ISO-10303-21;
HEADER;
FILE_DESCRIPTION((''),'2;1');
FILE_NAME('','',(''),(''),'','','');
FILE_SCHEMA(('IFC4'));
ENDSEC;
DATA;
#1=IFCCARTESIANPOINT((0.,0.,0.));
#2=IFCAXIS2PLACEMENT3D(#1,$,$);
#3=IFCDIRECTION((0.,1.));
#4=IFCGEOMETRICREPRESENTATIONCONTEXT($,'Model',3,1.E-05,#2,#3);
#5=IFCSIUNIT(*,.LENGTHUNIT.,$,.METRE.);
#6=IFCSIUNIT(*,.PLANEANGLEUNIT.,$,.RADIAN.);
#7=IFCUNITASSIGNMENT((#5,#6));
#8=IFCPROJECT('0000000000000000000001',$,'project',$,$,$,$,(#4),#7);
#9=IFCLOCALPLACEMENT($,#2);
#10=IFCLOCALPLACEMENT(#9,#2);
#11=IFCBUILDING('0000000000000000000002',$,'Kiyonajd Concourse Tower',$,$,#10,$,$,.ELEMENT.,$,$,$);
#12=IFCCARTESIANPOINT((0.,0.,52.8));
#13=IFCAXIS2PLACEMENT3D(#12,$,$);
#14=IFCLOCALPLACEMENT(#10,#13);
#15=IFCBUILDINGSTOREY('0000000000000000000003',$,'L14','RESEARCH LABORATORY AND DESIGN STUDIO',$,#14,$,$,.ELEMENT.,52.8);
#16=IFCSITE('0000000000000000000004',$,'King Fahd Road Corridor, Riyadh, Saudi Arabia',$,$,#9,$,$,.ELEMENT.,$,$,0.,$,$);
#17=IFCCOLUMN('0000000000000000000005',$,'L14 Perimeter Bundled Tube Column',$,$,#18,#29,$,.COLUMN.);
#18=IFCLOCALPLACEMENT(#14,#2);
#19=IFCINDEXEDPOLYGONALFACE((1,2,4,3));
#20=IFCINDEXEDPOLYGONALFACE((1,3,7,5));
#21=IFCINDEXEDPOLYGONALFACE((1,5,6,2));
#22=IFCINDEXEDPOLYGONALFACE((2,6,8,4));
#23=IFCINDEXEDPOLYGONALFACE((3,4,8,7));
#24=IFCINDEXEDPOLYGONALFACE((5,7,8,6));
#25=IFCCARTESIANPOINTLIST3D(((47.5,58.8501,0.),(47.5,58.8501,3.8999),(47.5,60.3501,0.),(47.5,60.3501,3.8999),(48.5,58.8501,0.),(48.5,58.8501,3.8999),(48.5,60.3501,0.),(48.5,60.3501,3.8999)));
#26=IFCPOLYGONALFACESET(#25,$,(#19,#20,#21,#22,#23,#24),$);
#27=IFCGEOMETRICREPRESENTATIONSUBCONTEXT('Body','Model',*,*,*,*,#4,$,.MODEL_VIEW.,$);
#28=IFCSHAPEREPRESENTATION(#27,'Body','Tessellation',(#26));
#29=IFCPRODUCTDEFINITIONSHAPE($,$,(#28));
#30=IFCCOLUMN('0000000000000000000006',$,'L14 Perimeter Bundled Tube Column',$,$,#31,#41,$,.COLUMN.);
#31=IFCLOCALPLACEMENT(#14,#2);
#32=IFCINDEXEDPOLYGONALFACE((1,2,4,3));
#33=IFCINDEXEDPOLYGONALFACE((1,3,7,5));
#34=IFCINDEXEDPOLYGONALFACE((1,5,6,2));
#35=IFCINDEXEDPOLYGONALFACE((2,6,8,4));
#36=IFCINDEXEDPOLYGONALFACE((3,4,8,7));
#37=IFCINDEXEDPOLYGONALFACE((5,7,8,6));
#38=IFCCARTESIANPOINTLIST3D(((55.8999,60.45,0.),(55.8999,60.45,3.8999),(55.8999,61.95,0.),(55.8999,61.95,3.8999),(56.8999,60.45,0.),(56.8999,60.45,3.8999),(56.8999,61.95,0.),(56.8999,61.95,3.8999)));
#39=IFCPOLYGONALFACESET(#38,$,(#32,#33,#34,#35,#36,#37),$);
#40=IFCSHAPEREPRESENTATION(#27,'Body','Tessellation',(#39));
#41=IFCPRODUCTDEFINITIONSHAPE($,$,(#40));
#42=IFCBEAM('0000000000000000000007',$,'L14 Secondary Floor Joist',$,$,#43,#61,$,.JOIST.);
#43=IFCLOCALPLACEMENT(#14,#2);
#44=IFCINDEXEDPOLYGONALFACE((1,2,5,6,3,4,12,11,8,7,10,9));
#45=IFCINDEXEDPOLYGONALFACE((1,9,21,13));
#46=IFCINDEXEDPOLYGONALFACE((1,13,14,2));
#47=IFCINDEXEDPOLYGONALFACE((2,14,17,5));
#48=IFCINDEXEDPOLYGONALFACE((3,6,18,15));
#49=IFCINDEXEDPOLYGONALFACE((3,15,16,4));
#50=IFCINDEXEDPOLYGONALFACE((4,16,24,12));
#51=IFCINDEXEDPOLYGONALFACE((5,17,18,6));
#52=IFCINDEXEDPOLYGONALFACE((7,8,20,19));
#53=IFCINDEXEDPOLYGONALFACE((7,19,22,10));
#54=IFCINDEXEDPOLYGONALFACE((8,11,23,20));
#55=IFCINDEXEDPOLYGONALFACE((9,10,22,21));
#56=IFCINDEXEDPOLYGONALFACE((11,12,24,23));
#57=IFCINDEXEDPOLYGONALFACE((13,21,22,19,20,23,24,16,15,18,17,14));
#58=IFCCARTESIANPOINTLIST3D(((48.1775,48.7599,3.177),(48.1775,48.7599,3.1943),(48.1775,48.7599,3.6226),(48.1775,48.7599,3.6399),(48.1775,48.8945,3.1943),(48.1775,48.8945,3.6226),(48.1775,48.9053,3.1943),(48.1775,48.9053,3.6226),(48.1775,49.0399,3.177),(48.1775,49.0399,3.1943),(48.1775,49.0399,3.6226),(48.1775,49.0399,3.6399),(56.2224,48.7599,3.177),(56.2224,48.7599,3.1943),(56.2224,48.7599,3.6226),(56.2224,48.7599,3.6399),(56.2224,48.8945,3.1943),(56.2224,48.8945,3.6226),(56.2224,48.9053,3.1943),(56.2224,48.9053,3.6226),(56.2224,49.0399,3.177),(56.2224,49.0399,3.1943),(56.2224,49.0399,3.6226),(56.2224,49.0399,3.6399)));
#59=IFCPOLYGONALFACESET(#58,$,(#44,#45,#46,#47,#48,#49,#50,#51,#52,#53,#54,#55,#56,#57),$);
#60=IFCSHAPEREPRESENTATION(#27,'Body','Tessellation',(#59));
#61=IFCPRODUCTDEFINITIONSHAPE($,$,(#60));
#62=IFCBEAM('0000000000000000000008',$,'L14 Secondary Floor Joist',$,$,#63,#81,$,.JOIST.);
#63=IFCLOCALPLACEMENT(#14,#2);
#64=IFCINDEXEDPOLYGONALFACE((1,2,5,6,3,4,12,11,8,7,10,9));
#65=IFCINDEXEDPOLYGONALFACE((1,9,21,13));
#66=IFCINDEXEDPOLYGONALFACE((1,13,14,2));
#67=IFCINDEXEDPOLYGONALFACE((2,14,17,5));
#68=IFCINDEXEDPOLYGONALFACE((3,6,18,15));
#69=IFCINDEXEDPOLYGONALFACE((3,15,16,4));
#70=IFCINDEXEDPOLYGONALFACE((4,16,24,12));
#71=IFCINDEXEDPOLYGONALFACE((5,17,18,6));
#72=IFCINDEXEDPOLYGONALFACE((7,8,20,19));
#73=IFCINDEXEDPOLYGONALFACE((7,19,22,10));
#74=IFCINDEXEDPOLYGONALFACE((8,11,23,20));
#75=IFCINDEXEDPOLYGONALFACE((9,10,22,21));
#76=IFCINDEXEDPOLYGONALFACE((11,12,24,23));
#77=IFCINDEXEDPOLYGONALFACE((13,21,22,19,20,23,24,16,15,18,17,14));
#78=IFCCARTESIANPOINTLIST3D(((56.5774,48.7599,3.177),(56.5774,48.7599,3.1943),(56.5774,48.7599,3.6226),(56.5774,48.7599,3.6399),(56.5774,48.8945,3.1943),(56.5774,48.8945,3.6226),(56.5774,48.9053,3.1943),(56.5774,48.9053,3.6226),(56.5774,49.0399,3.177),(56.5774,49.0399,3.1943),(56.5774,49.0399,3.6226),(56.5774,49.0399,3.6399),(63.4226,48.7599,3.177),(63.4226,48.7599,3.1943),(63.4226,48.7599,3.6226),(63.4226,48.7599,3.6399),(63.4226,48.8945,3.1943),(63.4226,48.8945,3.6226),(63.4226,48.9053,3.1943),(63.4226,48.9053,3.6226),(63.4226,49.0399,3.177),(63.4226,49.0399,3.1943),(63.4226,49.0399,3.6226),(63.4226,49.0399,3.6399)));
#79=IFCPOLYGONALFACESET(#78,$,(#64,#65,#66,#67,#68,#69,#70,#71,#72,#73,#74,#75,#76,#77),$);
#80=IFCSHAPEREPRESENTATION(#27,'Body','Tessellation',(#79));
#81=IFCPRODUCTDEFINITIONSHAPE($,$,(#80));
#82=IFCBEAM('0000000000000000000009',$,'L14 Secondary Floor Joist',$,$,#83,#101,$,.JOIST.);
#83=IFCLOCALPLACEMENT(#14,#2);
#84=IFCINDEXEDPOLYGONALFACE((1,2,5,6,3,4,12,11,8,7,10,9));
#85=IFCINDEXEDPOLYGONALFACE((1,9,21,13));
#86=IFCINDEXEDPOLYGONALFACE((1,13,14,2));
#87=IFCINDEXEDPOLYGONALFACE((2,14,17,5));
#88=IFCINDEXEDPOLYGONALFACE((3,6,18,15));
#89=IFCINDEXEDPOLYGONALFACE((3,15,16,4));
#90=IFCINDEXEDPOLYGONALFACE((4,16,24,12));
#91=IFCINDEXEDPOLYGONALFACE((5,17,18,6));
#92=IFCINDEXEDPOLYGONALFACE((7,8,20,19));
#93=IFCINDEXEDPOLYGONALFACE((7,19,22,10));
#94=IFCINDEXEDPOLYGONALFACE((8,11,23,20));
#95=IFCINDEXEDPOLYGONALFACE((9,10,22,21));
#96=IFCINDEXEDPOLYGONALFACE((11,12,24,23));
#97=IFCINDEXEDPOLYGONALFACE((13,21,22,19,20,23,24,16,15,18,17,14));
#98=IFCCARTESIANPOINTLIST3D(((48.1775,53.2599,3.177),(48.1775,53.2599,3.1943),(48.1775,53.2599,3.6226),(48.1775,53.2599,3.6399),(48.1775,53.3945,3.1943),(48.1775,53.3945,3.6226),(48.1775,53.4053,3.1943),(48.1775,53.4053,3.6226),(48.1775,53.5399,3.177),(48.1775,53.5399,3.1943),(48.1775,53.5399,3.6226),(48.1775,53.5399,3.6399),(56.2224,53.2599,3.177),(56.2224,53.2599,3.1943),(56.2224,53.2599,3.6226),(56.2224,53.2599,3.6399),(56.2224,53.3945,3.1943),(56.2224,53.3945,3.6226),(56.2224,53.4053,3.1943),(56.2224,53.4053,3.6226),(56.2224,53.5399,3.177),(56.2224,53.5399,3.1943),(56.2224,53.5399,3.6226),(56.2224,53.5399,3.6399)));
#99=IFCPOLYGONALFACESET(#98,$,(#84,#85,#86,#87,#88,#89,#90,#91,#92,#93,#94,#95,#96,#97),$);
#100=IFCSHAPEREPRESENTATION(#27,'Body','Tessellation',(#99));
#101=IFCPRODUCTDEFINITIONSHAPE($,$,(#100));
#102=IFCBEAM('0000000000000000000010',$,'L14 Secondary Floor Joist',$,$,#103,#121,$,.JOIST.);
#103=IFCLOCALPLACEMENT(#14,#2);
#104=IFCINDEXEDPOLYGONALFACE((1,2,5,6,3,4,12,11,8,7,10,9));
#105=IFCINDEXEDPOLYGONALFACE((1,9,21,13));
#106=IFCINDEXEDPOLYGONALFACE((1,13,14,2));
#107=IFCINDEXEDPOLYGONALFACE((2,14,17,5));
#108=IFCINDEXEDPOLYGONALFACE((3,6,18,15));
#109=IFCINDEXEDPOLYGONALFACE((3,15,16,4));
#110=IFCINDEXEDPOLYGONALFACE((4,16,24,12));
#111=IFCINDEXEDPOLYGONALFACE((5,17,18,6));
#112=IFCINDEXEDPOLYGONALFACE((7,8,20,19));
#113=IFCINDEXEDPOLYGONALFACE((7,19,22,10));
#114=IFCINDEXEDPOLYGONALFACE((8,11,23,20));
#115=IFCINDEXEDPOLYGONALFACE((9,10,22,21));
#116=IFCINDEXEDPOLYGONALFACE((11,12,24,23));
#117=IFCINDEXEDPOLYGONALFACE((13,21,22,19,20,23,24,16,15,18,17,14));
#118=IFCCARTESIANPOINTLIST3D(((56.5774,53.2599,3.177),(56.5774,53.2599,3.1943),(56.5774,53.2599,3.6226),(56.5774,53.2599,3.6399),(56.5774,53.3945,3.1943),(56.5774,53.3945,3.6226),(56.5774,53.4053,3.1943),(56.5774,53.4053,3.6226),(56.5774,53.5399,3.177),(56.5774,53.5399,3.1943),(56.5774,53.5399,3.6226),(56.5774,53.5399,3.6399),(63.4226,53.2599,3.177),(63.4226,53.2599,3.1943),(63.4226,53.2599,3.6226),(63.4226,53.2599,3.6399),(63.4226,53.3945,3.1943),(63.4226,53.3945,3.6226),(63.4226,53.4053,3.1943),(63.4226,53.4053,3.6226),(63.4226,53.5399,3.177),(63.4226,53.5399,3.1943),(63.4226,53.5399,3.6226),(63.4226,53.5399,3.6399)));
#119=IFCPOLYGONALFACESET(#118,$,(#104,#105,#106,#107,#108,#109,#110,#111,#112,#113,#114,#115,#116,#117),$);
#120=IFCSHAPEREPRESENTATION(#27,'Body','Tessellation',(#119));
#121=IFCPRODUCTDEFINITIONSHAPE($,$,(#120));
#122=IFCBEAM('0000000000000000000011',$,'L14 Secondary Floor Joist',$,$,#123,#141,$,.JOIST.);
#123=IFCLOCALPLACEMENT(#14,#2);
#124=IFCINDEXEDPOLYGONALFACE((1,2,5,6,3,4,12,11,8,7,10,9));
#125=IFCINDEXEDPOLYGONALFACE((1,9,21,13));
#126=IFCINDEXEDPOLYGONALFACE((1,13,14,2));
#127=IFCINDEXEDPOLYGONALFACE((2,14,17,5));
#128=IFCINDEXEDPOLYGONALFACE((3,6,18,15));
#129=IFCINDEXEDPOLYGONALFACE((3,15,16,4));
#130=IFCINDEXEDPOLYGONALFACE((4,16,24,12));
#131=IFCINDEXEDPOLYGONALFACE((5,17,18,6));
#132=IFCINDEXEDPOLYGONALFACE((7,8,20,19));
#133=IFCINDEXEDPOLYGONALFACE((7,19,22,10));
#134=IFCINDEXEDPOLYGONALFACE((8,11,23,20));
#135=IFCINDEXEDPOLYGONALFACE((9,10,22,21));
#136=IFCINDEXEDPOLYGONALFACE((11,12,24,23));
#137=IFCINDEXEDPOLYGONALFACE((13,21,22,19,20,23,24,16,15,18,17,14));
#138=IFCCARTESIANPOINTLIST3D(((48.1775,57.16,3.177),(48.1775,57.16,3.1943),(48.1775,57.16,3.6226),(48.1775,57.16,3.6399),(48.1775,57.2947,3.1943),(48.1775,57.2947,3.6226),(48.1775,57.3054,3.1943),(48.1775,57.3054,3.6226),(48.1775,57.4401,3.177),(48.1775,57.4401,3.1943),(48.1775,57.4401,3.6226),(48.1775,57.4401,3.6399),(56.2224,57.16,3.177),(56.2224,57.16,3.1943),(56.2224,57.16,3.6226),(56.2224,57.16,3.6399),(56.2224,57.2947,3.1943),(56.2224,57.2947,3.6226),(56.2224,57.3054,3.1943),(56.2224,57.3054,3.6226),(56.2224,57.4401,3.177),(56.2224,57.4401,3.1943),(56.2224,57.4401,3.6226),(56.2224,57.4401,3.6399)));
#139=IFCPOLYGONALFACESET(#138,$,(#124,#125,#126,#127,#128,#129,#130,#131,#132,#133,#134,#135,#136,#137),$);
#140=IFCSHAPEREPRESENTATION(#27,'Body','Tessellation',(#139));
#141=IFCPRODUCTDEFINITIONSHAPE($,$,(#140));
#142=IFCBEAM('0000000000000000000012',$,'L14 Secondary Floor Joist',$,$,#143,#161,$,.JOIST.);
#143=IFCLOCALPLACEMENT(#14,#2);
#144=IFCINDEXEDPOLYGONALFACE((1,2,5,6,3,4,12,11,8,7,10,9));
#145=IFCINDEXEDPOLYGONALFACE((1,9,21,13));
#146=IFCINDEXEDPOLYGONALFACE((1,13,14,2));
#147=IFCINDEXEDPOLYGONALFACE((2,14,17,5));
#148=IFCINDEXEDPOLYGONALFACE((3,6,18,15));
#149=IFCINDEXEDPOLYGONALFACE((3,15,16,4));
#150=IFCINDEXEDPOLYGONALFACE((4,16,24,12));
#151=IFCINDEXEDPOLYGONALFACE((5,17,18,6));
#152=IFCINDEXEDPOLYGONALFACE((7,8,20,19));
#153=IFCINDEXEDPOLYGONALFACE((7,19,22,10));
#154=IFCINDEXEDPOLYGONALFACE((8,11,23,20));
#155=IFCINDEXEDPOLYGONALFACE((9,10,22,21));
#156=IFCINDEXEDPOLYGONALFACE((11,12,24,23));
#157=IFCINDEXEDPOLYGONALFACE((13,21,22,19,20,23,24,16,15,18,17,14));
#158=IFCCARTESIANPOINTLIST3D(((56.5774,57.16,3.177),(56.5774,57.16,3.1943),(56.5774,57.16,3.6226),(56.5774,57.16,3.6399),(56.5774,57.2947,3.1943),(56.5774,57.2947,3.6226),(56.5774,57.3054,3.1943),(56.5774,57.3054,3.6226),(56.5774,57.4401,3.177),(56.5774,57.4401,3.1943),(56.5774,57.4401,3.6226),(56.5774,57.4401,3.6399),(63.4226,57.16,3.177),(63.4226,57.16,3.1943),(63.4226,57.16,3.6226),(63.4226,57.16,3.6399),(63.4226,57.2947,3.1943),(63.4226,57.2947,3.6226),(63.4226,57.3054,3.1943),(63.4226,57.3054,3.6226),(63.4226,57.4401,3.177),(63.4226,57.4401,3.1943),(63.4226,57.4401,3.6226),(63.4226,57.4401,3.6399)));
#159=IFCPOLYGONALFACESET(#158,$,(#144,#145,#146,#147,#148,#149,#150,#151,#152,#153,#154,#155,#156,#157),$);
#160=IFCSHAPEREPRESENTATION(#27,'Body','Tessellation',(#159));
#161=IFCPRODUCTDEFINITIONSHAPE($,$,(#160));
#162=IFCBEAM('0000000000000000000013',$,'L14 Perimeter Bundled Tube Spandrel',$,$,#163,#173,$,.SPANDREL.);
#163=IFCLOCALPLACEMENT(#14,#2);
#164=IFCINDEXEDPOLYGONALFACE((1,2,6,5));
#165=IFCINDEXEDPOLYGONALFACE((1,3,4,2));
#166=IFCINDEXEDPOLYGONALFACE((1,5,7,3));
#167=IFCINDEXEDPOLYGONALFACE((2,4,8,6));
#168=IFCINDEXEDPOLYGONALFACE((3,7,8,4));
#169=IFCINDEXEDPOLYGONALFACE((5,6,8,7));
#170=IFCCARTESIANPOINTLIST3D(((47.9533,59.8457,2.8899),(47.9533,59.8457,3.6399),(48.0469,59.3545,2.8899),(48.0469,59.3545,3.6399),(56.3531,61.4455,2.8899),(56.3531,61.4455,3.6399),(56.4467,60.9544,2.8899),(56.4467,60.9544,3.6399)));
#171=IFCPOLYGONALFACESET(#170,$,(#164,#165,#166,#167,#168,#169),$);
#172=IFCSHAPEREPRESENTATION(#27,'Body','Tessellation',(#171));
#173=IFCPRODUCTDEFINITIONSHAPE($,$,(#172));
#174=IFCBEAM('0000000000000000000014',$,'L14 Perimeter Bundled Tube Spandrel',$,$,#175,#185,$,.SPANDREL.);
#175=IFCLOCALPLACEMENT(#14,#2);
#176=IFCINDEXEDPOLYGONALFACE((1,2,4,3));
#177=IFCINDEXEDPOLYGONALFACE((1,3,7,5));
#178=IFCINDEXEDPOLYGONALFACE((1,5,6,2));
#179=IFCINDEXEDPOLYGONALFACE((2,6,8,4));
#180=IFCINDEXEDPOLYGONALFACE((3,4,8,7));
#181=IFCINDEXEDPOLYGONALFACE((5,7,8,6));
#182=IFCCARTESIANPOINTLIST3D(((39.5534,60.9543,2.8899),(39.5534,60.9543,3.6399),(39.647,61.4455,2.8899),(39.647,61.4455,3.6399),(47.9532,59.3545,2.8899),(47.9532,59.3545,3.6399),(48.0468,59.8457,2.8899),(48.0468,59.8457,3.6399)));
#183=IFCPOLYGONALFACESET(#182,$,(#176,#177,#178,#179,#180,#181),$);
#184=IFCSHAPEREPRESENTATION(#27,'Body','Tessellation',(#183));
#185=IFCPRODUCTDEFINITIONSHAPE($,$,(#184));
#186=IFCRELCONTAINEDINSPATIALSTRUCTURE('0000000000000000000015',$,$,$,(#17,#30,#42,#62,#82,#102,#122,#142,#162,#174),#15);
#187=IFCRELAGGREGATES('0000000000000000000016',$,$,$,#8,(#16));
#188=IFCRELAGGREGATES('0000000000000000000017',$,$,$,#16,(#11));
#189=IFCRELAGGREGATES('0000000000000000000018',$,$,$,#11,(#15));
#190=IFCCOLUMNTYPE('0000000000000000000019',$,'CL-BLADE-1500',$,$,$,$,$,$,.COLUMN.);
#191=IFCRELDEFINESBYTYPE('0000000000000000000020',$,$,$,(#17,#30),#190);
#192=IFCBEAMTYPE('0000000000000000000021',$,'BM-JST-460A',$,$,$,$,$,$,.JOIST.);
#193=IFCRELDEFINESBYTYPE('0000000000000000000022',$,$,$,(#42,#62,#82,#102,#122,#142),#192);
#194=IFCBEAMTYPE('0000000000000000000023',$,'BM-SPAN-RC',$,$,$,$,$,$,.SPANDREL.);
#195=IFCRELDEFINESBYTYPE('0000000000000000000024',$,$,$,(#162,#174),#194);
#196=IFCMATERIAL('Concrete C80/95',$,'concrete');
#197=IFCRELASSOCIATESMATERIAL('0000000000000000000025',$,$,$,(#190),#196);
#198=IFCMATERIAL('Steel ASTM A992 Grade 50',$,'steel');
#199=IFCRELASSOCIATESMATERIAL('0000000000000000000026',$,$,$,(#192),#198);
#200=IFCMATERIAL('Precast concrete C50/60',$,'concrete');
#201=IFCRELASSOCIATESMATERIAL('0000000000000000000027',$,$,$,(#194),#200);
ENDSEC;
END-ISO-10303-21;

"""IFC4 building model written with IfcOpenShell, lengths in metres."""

from ifc_helpers import new_model, si_unit, direction, frame, origin, origin_2d, place, context, subcontext, project, spatial, rectangle, i_section, extrude, material, material_profile, profile_set, type_object, element, save


model = new_model("IFC4")

# Units and contexts
model_context = context("Model", 3, precision=1e-05, world=origin(), true_north=direction((0.0, 1.0)))
body_context = subcontext(model_context, "Body", "Model", "MODEL_VIEW")
ifc_project = project(units=[si_unit("LENGTHUNIT", "METRE"), si_unit("PLANEANGLEUNIT", "RADIAN")], contexts=[model_context])

# Site, building, storey
site_placement = place(None, origin())
site = spatial("IfcSite", under=ifc_project, at=site_placement, Name="King Fahd Road Corridor, Riyadh, Saudi Arabia", CompositionType="ELEMENT", RefElevation=0.0)
building_placement = place(site_placement, origin())
building = spatial("IfcBuilding", under=site, at=building_placement, Name="Kiyonajd Concourse Tower", CompositionType="ELEMENT")
storey_placement = place(building_placement, frame((0.0, 0.0, 52.8)))
storey = spatial("IfcBuildingStorey", under=building, at=storey_placement, Name="L14", Description="RESEARCH LABORATORY AND DESIGN STUDIO", CompositionType="ELEMENT", Elevation=52.8)

# Columns
ifc_material_1 = material(Name="Concrete C80/95", Category="concrete")
ifc_material_profile_1 = material_profile(ifc_material_1, rectangle(XDim=1.0, YDim=1.5, at=origin_2d()), Name="RC-1500x1000")
ifc_profile_set_1 = profile_set([ifc_material_profile_1], Name="Concrete C80/95")
column_type = type_object("IfcColumnType", Name="CL-BLADE-1500", PredefinedType="COLUMN", material=ifc_profile_set_1)
for number, where, z_axis, x_axis, name in (
    (1, (48.0, 59.6001, 0.0), (0.0, 0.0, 1.0), (1.0, 0.0, 0.0), "L14 Perimeter Bundled Tube Column"),
    (2, (56.3999, 61.2, 0.0), (0.0, 0.0, 1.0), (1.0, 0.0, 0.0), "L14 Perimeter Bundled Tube Column"),
):
    element("IfcColumn", number, at=place(storey_placement, frame(where, z_axis=z_axis, x_axis=x_axis)), inside=storey, type_object=column_type, Name=name, PredefinedType="COLUMN", context=body_context, shape_type="SweptSolid", body=[
        extrude(rectangle(XDim=1.0, YDim=1.5, at=origin_2d()), origin(), (0.0, 0.0, 1.0), 3.8999),
    ])

# Beams
ifc_material_2 = material(Name="Steel ASTM A992 Grade 50", Category="steel")
ifc_material_profile_2 = material_profile(ifc_material_2, i_section(OverallWidth=0.28, OverallDepth=0.4629, WebThickness=0.0107, FlangeThickness=0.0173, at=origin_2d()), Name="W460X113")
ifc_profile_set_2 = profile_set([ifc_material_profile_2], Name="Steel ASTM A992 Grade 50")
beam_type_1 = type_object("IfcBeamType", Name="BM-JST-460A", PredefinedType="JOIST", material=ifc_profile_set_2)
beam_1_placement = place(storey_placement, frame((48.1775, 48.8999, 3.4084), z_axis=(1.0, 0.0, 0.0), x_axis=(0.0, 1.0, 0.0)))
element("IfcBeam", 3, at=beam_1_placement, inside=storey, type_object=beam_type_1, Name="L14 Secondary Floor Joist", PredefinedType="JOIST", context=body_context, shape_type="SweptSolid", body=[
    extrude(i_section(OverallWidth=0.28, OverallDepth=0.4629, WebThickness=0.0107, FlangeThickness=0.0173, at=origin_2d()), origin(), (0.0, 0.0, 1.0), 8.0449),
])
beam_2_placement = place(storey_placement, frame((56.5774, 48.8999, 3.4084), z_axis=(1.0, 0.0, 0.0), x_axis=(0.0, 1.0, 0.0)))
element("IfcBeam", 4, at=beam_2_placement, inside=storey, type_object=beam_type_1, Name="L14 Secondary Floor Joist", PredefinedType="JOIST", context=body_context, shape_type="SweptSolid", body=[
    extrude(i_section(OverallWidth=0.28, OverallDepth=0.4629, WebThickness=0.0107, FlangeThickness=0.0173, at=origin_2d()), origin(), (0.0, 0.0, 1.0), 6.8452),
])
beam_3_placement = place(storey_placement, frame((48.1775, 53.3999, 3.4084), z_axis=(1.0, 0.0, 0.0), x_axis=(0.0, 1.0, 0.0)))
element("IfcBeam", 5, at=beam_3_placement, inside=storey, type_object=beam_type_1, Name="L14 Secondary Floor Joist", PredefinedType="JOIST", context=body_context, shape_type="SweptSolid", body=[
    extrude(i_section(OverallWidth=0.28, OverallDepth=0.4629, WebThickness=0.0107, FlangeThickness=0.0173, at=origin_2d()), origin(), (0.0, 0.0, 1.0), 8.0449),
])
beam_4_placement = place(storey_placement, frame((56.5774, 53.3999, 3.4084), z_axis=(1.0, 0.0, 0.0), x_axis=(0.0, 1.0, 0.0)))
element("IfcBeam", 6, at=beam_4_placement, inside=storey, type_object=beam_type_1, Name="L14 Secondary Floor Joist", PredefinedType="JOIST", context=body_context, shape_type="SweptSolid", body=[
    extrude(i_section(OverallWidth=0.28, OverallDepth=0.4629, WebThickness=0.0107, FlangeThickness=0.0173, at=origin_2d()), origin(), (0.0, 0.0, 1.0), 6.8452),
])
beam_5_placement = place(storey_placement, frame((48.1775, 57.3, 3.4084), z_axis=(1.0, 0.0, 0.0), x_axis=(0.0, 1.0, 0.0)))
element("IfcBeam", 7, at=beam_5_placement, inside=storey, type_object=beam_type_1, Name="L14 Secondary Floor Joist", PredefinedType="JOIST", context=body_context, shape_type="SweptSolid", body=[
    extrude(i_section(OverallWidth=0.28, OverallDepth=0.4629, WebThickness=0.0107, FlangeThickness=0.0173, at=origin_2d()), origin(), (0.0, 0.0, 1.0), 8.0449),
])
beam_6_placement = place(storey_placement, frame((56.5774, 57.3, 3.4084), z_axis=(1.0, 0.0, 0.0), x_axis=(0.0, 1.0, 0.0)))
element("IfcBeam", 8, at=beam_6_placement, inside=storey, type_object=beam_type_1, Name="L14 Secondary Floor Joist", PredefinedType="JOIST", context=body_context, shape_type="SweptSolid", body=[
    extrude(i_section(OverallWidth=0.28, OverallDepth=0.4629, WebThickness=0.0107, FlangeThickness=0.0173, at=origin_2d()), origin(), (0.0, 0.0, 1.0), 6.8452),
])
ifc_material_3 = material(Name="Precast concrete C50/60", Category="concrete")
ifc_material_profile_3 = material_profile(ifc_material_3, rectangle(XDim=0.5, YDim=0.75, at=origin_2d()), Name="RCBM-500x750")
ifc_profile_set_3 = profile_set([ifc_material_profile_3], Name="Precast concrete C50/60")
beam_type_2 = type_object("IfcBeamType", Name="BM-SPAN-RC", PredefinedType="SPANDREL", material=ifc_profile_set_3)
for number, where, z_axis, x_axis, name in (
    (9, (56.3999, 61.2, 3.2649), (-0.982341, -0.187098, 0.0), (0.187098, -0.982341, 0.0), "L14 Perimeter Bundled Tube Spandrel"),
    (10, (48.0, 59.6001, 3.2649), (-0.982341, 0.187098, 0.0), (-0.187098, -0.982341, 0.0), "L14 Perimeter Bundled Tube Spandrel"),
):
    element("IfcBeam", number, at=place(storey_placement, frame(where, z_axis=z_axis, x_axis=x_axis)), inside=storey, type_object=beam_type_2, Name=name, PredefinedType="SPANDREL", context=body_context, shape_type="SweptSolid", body=[
        extrude(rectangle(XDim=0.5, YDim=0.75, at=origin_2d()), origin(), (0.0, 0.0, 1.0), 8.5508),
    ])

save(model, "model.ifc")
